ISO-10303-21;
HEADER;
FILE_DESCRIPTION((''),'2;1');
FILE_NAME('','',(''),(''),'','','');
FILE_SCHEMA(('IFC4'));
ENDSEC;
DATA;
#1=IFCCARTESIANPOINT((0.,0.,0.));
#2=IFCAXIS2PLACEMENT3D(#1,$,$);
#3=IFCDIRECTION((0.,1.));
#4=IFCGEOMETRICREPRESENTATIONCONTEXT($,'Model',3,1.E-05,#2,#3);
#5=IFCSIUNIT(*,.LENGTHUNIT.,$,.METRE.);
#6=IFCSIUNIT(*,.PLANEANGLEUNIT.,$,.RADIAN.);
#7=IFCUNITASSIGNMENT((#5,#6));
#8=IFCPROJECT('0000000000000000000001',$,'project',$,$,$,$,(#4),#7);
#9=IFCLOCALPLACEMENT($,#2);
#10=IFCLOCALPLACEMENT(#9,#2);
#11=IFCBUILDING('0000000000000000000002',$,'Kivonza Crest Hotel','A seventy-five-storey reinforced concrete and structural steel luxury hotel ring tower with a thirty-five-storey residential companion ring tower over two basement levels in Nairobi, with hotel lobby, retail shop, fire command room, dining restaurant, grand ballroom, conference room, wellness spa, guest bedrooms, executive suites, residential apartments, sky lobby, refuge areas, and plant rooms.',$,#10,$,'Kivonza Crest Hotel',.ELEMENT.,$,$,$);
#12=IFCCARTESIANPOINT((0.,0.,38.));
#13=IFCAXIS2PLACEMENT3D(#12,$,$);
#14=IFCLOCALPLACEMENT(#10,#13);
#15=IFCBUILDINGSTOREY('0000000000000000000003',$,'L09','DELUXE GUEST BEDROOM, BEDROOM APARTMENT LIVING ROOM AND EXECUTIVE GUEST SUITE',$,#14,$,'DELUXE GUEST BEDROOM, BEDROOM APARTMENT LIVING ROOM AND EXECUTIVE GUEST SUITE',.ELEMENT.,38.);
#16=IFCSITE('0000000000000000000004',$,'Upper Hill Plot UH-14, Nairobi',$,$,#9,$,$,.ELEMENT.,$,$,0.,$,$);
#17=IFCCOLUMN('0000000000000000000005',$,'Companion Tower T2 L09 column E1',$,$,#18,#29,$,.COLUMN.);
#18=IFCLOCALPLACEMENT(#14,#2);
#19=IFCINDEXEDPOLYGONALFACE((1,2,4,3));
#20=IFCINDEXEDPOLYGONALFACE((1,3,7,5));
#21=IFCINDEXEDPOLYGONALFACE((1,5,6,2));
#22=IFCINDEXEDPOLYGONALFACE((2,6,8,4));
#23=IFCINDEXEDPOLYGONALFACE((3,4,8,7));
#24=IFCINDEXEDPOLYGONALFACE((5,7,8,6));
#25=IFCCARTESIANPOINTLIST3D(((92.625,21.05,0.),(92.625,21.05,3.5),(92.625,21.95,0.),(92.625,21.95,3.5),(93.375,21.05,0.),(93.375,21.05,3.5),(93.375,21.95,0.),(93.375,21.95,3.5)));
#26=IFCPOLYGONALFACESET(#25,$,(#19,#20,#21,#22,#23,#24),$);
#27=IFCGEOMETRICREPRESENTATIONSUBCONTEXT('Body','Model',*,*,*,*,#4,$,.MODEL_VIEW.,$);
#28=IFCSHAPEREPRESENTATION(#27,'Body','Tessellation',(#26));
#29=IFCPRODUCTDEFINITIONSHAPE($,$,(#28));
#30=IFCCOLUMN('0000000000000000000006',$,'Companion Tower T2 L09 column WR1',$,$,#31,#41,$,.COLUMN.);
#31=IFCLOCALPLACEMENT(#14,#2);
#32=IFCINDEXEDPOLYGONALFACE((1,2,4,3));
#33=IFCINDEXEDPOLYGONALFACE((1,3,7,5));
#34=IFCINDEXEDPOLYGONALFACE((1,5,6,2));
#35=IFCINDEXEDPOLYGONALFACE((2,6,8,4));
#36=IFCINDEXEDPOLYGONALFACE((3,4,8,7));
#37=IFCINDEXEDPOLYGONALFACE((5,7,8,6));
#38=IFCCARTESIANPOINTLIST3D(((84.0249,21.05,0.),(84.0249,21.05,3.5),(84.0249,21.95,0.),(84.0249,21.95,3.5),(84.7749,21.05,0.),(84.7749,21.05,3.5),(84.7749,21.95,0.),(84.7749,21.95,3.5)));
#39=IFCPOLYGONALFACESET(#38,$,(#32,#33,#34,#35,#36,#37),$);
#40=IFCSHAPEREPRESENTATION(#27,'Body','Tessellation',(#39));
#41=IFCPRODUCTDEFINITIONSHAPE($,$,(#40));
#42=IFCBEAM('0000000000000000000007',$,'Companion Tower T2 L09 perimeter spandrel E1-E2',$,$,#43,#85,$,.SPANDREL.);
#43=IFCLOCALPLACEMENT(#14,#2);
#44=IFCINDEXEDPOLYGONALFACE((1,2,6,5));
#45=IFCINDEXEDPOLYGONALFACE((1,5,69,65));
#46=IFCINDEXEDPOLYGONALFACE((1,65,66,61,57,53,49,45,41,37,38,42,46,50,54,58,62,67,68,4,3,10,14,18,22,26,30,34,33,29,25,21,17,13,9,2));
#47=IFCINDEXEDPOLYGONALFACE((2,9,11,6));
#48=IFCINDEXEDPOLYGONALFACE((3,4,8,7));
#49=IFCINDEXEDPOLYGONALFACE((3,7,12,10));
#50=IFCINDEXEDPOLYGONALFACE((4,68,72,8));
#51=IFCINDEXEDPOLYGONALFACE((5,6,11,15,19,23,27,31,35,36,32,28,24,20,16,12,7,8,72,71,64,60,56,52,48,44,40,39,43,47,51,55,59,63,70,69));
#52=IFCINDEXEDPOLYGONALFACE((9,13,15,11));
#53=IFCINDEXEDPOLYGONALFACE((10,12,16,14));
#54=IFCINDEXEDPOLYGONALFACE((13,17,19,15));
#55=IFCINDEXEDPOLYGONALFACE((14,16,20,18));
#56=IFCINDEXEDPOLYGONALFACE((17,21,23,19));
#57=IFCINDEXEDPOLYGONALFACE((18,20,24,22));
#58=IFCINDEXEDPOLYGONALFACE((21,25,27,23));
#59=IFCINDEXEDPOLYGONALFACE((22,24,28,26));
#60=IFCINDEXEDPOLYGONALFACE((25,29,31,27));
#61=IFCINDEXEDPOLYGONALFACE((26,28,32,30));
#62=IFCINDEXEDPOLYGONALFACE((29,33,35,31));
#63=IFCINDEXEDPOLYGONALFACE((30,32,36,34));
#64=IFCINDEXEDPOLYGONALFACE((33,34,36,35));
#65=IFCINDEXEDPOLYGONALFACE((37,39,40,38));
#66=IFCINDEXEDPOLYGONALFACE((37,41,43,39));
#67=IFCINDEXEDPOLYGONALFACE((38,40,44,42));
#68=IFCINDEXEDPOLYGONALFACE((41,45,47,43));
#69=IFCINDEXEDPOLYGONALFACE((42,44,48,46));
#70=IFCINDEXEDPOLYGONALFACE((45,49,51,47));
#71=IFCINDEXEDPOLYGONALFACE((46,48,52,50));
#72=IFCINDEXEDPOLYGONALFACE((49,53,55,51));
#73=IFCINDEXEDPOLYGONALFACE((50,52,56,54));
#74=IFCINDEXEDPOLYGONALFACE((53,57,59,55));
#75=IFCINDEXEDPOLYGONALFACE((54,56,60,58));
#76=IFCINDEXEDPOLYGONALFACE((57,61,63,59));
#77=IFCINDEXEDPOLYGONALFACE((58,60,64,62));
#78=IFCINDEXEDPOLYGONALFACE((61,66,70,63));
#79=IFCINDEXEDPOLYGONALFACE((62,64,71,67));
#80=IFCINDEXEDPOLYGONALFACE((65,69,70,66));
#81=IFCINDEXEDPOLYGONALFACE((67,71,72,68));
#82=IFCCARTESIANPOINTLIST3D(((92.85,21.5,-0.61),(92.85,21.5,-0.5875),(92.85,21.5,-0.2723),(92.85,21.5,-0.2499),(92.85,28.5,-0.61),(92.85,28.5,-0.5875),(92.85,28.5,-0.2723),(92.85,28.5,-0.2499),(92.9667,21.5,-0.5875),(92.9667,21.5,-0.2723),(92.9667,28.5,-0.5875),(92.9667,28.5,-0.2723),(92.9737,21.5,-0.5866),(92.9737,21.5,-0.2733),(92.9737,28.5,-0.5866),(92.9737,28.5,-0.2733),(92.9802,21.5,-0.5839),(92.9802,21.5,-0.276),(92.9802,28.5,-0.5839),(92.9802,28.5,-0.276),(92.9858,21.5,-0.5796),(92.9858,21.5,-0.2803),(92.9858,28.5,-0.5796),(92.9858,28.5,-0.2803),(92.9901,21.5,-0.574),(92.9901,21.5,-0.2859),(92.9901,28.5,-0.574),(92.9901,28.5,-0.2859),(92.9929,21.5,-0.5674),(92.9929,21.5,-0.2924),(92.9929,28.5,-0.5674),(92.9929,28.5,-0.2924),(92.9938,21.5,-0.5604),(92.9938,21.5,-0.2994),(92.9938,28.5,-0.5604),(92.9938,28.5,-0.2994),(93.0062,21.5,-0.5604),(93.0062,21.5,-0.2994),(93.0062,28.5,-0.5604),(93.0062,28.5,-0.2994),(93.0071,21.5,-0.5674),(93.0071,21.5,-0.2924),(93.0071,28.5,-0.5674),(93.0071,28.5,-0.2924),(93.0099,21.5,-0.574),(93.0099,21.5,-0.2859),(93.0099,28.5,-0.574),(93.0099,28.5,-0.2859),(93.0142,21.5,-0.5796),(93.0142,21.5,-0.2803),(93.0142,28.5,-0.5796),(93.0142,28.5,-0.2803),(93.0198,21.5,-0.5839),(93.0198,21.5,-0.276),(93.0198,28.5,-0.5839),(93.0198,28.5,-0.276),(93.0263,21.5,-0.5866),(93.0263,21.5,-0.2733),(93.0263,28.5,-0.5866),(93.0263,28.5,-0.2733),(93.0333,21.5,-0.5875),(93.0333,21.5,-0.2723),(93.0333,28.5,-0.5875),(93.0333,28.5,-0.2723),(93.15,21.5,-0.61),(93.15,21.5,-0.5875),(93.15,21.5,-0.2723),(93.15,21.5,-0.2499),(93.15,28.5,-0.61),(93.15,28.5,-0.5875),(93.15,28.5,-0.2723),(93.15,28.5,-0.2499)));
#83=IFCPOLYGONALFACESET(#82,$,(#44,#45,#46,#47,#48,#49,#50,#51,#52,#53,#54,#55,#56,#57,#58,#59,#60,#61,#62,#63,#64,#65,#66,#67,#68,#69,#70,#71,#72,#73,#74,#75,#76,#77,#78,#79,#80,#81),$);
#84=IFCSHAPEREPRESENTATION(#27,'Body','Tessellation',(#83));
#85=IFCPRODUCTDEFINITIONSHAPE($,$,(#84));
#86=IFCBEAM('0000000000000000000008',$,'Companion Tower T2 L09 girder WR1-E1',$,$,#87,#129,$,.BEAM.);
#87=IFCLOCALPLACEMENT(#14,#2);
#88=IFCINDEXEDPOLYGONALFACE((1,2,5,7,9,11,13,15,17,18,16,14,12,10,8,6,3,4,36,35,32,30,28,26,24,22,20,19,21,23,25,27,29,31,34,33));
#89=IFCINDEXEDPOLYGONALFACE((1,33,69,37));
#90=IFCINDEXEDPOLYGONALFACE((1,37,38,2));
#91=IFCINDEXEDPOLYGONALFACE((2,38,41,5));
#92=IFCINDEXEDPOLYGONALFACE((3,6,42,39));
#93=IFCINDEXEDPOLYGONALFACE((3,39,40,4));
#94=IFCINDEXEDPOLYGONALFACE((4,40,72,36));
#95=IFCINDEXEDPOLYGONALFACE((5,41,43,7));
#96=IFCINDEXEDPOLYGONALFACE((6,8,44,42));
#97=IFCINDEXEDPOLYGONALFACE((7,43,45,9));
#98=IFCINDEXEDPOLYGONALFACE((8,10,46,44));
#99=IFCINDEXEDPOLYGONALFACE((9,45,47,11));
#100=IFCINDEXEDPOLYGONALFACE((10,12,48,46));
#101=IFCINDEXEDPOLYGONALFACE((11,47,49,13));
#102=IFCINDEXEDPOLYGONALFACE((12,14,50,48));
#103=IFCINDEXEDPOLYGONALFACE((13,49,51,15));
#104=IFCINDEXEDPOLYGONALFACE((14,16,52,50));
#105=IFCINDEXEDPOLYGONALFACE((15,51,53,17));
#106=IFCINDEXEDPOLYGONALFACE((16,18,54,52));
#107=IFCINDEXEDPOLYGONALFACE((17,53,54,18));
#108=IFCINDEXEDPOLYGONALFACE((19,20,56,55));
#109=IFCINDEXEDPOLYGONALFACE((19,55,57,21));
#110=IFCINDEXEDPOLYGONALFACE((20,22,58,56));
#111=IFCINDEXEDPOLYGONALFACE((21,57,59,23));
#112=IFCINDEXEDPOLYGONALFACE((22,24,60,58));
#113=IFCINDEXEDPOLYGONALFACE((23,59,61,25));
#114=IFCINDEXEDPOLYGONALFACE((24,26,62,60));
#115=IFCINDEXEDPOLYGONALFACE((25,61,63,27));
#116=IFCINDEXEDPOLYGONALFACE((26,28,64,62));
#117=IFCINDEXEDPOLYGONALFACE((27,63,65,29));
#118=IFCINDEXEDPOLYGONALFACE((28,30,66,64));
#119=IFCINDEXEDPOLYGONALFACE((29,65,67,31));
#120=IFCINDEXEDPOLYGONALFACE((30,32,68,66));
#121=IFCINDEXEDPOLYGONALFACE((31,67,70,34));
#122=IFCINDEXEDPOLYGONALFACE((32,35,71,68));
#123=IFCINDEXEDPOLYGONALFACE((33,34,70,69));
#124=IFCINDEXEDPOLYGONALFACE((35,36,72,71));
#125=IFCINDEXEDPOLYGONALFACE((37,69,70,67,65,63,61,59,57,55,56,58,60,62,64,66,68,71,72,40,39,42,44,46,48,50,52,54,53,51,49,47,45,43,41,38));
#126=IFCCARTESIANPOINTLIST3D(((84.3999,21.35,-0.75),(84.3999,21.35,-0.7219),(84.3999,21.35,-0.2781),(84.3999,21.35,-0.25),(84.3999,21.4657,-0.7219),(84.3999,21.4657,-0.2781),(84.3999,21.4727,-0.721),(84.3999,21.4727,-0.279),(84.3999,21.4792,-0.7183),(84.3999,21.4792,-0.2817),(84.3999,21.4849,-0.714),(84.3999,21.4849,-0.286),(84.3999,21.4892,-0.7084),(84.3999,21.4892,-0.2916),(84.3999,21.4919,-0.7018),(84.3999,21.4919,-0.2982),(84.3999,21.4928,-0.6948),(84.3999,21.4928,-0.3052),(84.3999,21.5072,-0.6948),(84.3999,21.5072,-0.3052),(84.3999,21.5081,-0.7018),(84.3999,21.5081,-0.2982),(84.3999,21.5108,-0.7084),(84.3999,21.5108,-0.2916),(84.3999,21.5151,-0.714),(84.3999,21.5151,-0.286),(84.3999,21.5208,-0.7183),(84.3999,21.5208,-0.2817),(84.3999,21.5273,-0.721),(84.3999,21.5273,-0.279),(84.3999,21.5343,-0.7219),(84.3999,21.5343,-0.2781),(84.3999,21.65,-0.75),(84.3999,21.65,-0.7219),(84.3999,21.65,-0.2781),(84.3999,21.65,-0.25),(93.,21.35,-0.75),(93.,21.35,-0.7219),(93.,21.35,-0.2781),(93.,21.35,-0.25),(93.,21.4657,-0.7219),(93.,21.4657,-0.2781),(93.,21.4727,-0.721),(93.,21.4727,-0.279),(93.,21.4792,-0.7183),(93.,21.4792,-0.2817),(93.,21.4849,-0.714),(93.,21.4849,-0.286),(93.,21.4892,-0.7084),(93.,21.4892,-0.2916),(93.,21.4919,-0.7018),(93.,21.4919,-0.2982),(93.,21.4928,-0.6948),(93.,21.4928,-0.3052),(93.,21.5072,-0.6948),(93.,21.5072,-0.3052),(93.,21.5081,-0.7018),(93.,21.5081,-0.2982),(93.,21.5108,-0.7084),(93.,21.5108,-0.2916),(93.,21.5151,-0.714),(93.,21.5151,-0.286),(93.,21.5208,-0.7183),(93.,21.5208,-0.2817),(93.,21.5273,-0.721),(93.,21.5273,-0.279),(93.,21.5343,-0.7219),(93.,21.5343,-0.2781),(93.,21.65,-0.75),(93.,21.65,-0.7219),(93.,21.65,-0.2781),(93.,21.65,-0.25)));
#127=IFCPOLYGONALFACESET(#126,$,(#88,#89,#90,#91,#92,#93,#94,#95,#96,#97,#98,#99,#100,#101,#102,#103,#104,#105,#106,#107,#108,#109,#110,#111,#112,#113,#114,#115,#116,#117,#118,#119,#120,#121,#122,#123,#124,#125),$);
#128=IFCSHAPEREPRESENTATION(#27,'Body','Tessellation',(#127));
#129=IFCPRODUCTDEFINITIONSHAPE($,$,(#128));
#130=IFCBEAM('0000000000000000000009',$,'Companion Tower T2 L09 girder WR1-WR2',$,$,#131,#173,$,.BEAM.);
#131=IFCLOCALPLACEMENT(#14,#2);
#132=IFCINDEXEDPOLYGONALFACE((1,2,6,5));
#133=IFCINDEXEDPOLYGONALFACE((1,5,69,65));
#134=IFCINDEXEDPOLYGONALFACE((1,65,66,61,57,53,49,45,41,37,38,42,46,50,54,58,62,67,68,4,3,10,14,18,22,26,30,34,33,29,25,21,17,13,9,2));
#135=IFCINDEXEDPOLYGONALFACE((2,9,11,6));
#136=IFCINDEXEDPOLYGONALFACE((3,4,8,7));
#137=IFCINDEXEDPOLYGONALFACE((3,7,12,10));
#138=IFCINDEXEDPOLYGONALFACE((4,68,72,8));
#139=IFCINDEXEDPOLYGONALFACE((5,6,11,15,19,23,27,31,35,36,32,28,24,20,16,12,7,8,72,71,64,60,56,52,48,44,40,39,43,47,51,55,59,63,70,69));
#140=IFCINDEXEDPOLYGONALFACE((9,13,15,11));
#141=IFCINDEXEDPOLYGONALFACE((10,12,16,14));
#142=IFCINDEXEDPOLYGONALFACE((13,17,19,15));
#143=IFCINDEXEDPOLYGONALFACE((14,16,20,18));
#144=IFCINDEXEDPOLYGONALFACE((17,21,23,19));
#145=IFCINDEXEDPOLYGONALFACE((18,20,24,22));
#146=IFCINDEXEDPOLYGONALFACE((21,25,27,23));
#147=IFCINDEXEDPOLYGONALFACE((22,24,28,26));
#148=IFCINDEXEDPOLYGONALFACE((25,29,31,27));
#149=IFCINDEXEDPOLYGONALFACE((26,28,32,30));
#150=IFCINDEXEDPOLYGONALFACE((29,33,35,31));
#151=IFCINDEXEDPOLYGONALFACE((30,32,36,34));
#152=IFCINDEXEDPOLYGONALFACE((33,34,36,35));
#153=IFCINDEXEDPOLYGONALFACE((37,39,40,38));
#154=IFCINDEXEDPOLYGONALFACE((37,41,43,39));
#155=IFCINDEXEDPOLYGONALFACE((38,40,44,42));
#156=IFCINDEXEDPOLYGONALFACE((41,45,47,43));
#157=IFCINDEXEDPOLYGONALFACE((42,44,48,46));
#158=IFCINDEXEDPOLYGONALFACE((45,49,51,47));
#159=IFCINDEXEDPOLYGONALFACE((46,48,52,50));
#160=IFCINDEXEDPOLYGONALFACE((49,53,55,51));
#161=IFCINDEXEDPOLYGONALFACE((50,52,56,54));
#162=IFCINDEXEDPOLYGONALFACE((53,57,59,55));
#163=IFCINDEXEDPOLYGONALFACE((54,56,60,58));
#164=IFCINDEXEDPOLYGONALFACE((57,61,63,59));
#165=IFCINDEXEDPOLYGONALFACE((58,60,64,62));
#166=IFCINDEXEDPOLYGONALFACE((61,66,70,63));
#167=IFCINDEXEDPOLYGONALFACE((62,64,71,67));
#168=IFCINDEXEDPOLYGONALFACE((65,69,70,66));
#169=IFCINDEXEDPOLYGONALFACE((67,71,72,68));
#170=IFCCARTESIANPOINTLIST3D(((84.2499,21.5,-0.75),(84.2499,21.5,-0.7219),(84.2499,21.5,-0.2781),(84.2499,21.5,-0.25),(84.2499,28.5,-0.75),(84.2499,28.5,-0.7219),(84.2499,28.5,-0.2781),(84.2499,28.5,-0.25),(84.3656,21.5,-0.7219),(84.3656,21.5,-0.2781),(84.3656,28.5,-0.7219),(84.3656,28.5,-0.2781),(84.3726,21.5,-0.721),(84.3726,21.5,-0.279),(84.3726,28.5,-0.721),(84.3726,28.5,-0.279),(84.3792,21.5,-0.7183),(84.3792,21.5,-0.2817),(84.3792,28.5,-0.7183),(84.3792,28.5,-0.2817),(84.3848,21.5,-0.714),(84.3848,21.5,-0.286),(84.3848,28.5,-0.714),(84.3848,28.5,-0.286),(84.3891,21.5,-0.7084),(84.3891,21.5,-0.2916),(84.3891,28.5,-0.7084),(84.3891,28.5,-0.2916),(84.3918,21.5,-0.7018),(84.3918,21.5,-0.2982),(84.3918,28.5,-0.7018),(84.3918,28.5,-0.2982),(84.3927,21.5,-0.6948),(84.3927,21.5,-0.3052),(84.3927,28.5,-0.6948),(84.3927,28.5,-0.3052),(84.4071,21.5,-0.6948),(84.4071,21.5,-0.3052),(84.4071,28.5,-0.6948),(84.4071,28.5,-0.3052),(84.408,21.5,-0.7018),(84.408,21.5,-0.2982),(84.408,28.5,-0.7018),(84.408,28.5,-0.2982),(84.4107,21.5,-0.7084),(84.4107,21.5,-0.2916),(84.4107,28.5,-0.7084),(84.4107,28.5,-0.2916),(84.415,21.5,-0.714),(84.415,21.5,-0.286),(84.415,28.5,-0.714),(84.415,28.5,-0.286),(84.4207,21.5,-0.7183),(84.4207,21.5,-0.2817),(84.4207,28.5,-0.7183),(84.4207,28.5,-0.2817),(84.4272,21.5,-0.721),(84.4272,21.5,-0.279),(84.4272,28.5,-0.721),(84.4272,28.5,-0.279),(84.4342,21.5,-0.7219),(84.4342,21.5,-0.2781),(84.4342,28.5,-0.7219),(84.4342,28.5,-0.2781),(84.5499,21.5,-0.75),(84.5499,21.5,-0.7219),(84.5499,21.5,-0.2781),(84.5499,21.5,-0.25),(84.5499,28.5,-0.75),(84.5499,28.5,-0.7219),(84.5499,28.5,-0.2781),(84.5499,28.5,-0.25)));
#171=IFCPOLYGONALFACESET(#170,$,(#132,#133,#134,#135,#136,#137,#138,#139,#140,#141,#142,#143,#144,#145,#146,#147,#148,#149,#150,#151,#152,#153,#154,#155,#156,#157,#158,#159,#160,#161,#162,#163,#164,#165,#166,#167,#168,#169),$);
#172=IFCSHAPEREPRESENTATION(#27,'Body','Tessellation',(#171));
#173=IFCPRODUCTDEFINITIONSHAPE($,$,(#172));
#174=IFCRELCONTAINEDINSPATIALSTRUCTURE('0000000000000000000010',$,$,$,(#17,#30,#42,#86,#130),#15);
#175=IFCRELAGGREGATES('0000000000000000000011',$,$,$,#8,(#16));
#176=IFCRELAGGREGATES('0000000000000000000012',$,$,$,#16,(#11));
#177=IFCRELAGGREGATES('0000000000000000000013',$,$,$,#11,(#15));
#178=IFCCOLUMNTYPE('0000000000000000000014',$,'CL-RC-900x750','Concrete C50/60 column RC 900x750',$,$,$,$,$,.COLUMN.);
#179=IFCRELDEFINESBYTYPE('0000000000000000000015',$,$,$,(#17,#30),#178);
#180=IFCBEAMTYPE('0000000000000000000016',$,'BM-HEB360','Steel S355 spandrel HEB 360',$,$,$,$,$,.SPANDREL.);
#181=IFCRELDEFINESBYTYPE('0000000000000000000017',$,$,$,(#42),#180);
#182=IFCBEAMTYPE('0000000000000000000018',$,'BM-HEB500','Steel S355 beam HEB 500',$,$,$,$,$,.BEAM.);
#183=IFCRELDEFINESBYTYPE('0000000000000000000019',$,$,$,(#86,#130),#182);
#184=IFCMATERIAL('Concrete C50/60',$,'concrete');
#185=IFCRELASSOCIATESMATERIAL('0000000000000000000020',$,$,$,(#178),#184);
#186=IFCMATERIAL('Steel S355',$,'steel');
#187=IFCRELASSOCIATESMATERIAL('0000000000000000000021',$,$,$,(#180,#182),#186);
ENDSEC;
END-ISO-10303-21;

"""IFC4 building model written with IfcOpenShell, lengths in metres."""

from ifc_helpers import new_model, si_unit, direction, frame, origin, origin_2d, place, context, subcontext, project, spatial, rectangle, i_section, extrude, material, material_profile, profile_set, type_object, element, save


model = new_model("IFC4")

# Units and contexts
model_context = context("Model", 3, precision=1e-05, world=origin(), true_north=direction((0.0, 1.0)))
body_context = subcontext(model_context, "Body", "Model", "MODEL_VIEW")
ifc_project = project(units=[si_unit("LENGTHUNIT", "METRE"), si_unit("PLANEANGLEUNIT", "RADIAN")], contexts=[model_context])

# Site, building, storey
site_placement = place(None, origin())
site = spatial("IfcSite", under=ifc_project, at=site_placement, Name="Upper Hill Plot UH-14, Nairobi", CompositionType="ELEMENT", RefElevation=0.0)
building_placement = place(site_placement, origin())
building = spatial("IfcBuilding", under=site, at=building_placement, Name="Kivonza Crest Hotel", Description="A seventy-five-storey reinforced concrete and structural steel luxury hotel ring tower with a thirty-five-storey residential companion ring tower over two basement levels in Nairobi, with hotel lobby, retail shop, fire command room, dining restaurant, grand ballroom, conference room, wellness spa, guest bedrooms, executive suites, residential apartments, sky lobby, refuge areas, and plant rooms.", LongName="Kivonza Crest Hotel", CompositionType="ELEMENT")
storey_placement = place(building_placement, frame((0.0, 0.0, 38.0)))
storey = spatial("IfcBuildingStorey", under=building, at=storey_placement, Name="L09", Description="DELUXE GUEST BEDROOM, BEDROOM APARTMENT LIVING ROOM AND EXECUTIVE GUEST SUITE", LongName="DELUXE GUEST BEDROOM, BEDROOM APARTMENT LIVING ROOM AND EXECUTIVE GUEST SUITE", CompositionType="ELEMENT", Elevation=38.0)

# Columns
ifc_material_1 = material(Name="Concrete C50/60", Category="concrete")
ifc_material_profile_1 = material_profile(ifc_material_1, rectangle(XDim=0.75, YDim=0.8999, at=origin_2d()), Name="RC 900x750")
ifc_profile_set_1 = profile_set([ifc_material_profile_1], Name="Concrete C50/60")
column_type = type_object("IfcColumnType", Name="CL-RC-900x750", Description="Concrete C50/60 column RC 900x750", PredefinedType="COLUMN", material=ifc_profile_set_1)
for number, where, z_axis, x_axis, name in (
    (1, (93.0, 21.5, 0.0), (0.0, 0.0, 1.0), (1.0, 0.0, 0.0), "Companion Tower T2 L09 column E1"),
    (2, (84.3999, 21.5, 0.0), (0.0, 0.0, 1.0), (1.0, 0.0, 0.0), "Companion Tower T2 L09 column WR1"),
):
    element("IfcColumn", number, at=place(storey_placement, frame(where, z_axis=z_axis, x_axis=x_axis)), inside=storey, type_object=column_type, Name=name, PredefinedType="COLUMN", context=body_context, shape_type="SweptSolid", body=[
        extrude(rectangle(XDim=0.75, YDim=0.8999, at=origin_2d()), origin(), (0.0, 0.0, 1.0), 3.5),
    ])

# Beams
ifc_material_2 = material(Name="Steel S355", Category="steel")
ifc_material_profile_2 = material_profile(ifc_material_2, i_section(OverallWidth=0.3, OverallDepth=0.3601, WebThickness=0.0125, FlangeThickness=0.0225, FilletRadius=0.0271, at=origin_2d()), Name="HEB 360")
ifc_profile_set_2 = profile_set([ifc_material_profile_2], Name="Steel S355")
beam_type_1 = type_object("IfcBeamType", Name="BM-HEB360", Description="Steel S355 spandrel HEB 360", PredefinedType="SPANDREL", material=ifc_profile_set_2)
beam_1_placement = place(storey_placement, frame((93.0, 21.5, -0.4299), z_axis=(0.0, 1.0, 0.0), x_axis=(-1.0, 0.0, 0.0)))
element("IfcBeam", 3, at=beam_1_placement, inside=storey, type_object=beam_type_1, Name="Companion Tower T2 L09 perimeter spandrel E1-E2", PredefinedType="SPANDREL", context=body_context, shape_type="SweptSolid", body=[
    extrude(i_section(OverallWidth=0.3, OverallDepth=0.3601, WebThickness=0.0125, FlangeThickness=0.0225, FilletRadius=0.0271, at=origin_2d()), origin(), (0.0, 0.0, 1.0), 7.0),
])
ifc_material_profile_3 = material_profile(ifc_material_2, i_section(OverallWidth=0.3, OverallDepth=0.5, WebThickness=0.0144, FlangeThickness=0.0281, FilletRadius=0.0271, at=origin_2d()), Name="HEB 500")
ifc_profile_set_3 = profile_set([ifc_material_profile_3], Name="Steel S355")
beam_type_2 = type_object("IfcBeamType", Name="BM-HEB500", Description="Steel S355 beam HEB 500", PredefinedType="BEAM", material=ifc_profile_set_3)
beam_2_placement = place(storey_placement, frame((84.3999, 21.5, -0.5), z_axis=(1.0, 0.0, 0.0), x_axis=(0.0, 1.0, 0.0)))
element("IfcBeam", 4, at=beam_2_placement, inside=storey, type_object=beam_type_2, Name="Companion Tower T2 L09 girder WR1-E1", PredefinedType="BEAM", context=body_context, shape_type="SweptSolid", body=[
    extrude(i_section(OverallWidth=0.3, OverallDepth=0.5, WebThickness=0.0144, FlangeThickness=0.0281, FilletRadius=0.0271, at=origin_2d()), origin(), (0.0, 0.0, 1.0), 8.6001),
])
beam_3_placement = place(storey_placement, frame((84.3999, 21.5, -0.5), z_axis=(0.0, 1.0, 0.0), x_axis=(-1.0, 0.0, 0.0)))
element("IfcBeam", 5, at=beam_3_placement, inside=storey, type_object=beam_type_2, Name="Companion Tower T2 L09 girder WR1-WR2", PredefinedType="BEAM", context=body_context, shape_type="SweptSolid", body=[
    extrude(i_section(OverallWidth=0.3, OverallDepth=0.5, WebThickness=0.0144, FlangeThickness=0.0281, FilletRadius=0.0271, at=origin_2d()), origin(), (0.0, 0.0, 1.0), 7.0),
])

save(model, "model.ifc")
